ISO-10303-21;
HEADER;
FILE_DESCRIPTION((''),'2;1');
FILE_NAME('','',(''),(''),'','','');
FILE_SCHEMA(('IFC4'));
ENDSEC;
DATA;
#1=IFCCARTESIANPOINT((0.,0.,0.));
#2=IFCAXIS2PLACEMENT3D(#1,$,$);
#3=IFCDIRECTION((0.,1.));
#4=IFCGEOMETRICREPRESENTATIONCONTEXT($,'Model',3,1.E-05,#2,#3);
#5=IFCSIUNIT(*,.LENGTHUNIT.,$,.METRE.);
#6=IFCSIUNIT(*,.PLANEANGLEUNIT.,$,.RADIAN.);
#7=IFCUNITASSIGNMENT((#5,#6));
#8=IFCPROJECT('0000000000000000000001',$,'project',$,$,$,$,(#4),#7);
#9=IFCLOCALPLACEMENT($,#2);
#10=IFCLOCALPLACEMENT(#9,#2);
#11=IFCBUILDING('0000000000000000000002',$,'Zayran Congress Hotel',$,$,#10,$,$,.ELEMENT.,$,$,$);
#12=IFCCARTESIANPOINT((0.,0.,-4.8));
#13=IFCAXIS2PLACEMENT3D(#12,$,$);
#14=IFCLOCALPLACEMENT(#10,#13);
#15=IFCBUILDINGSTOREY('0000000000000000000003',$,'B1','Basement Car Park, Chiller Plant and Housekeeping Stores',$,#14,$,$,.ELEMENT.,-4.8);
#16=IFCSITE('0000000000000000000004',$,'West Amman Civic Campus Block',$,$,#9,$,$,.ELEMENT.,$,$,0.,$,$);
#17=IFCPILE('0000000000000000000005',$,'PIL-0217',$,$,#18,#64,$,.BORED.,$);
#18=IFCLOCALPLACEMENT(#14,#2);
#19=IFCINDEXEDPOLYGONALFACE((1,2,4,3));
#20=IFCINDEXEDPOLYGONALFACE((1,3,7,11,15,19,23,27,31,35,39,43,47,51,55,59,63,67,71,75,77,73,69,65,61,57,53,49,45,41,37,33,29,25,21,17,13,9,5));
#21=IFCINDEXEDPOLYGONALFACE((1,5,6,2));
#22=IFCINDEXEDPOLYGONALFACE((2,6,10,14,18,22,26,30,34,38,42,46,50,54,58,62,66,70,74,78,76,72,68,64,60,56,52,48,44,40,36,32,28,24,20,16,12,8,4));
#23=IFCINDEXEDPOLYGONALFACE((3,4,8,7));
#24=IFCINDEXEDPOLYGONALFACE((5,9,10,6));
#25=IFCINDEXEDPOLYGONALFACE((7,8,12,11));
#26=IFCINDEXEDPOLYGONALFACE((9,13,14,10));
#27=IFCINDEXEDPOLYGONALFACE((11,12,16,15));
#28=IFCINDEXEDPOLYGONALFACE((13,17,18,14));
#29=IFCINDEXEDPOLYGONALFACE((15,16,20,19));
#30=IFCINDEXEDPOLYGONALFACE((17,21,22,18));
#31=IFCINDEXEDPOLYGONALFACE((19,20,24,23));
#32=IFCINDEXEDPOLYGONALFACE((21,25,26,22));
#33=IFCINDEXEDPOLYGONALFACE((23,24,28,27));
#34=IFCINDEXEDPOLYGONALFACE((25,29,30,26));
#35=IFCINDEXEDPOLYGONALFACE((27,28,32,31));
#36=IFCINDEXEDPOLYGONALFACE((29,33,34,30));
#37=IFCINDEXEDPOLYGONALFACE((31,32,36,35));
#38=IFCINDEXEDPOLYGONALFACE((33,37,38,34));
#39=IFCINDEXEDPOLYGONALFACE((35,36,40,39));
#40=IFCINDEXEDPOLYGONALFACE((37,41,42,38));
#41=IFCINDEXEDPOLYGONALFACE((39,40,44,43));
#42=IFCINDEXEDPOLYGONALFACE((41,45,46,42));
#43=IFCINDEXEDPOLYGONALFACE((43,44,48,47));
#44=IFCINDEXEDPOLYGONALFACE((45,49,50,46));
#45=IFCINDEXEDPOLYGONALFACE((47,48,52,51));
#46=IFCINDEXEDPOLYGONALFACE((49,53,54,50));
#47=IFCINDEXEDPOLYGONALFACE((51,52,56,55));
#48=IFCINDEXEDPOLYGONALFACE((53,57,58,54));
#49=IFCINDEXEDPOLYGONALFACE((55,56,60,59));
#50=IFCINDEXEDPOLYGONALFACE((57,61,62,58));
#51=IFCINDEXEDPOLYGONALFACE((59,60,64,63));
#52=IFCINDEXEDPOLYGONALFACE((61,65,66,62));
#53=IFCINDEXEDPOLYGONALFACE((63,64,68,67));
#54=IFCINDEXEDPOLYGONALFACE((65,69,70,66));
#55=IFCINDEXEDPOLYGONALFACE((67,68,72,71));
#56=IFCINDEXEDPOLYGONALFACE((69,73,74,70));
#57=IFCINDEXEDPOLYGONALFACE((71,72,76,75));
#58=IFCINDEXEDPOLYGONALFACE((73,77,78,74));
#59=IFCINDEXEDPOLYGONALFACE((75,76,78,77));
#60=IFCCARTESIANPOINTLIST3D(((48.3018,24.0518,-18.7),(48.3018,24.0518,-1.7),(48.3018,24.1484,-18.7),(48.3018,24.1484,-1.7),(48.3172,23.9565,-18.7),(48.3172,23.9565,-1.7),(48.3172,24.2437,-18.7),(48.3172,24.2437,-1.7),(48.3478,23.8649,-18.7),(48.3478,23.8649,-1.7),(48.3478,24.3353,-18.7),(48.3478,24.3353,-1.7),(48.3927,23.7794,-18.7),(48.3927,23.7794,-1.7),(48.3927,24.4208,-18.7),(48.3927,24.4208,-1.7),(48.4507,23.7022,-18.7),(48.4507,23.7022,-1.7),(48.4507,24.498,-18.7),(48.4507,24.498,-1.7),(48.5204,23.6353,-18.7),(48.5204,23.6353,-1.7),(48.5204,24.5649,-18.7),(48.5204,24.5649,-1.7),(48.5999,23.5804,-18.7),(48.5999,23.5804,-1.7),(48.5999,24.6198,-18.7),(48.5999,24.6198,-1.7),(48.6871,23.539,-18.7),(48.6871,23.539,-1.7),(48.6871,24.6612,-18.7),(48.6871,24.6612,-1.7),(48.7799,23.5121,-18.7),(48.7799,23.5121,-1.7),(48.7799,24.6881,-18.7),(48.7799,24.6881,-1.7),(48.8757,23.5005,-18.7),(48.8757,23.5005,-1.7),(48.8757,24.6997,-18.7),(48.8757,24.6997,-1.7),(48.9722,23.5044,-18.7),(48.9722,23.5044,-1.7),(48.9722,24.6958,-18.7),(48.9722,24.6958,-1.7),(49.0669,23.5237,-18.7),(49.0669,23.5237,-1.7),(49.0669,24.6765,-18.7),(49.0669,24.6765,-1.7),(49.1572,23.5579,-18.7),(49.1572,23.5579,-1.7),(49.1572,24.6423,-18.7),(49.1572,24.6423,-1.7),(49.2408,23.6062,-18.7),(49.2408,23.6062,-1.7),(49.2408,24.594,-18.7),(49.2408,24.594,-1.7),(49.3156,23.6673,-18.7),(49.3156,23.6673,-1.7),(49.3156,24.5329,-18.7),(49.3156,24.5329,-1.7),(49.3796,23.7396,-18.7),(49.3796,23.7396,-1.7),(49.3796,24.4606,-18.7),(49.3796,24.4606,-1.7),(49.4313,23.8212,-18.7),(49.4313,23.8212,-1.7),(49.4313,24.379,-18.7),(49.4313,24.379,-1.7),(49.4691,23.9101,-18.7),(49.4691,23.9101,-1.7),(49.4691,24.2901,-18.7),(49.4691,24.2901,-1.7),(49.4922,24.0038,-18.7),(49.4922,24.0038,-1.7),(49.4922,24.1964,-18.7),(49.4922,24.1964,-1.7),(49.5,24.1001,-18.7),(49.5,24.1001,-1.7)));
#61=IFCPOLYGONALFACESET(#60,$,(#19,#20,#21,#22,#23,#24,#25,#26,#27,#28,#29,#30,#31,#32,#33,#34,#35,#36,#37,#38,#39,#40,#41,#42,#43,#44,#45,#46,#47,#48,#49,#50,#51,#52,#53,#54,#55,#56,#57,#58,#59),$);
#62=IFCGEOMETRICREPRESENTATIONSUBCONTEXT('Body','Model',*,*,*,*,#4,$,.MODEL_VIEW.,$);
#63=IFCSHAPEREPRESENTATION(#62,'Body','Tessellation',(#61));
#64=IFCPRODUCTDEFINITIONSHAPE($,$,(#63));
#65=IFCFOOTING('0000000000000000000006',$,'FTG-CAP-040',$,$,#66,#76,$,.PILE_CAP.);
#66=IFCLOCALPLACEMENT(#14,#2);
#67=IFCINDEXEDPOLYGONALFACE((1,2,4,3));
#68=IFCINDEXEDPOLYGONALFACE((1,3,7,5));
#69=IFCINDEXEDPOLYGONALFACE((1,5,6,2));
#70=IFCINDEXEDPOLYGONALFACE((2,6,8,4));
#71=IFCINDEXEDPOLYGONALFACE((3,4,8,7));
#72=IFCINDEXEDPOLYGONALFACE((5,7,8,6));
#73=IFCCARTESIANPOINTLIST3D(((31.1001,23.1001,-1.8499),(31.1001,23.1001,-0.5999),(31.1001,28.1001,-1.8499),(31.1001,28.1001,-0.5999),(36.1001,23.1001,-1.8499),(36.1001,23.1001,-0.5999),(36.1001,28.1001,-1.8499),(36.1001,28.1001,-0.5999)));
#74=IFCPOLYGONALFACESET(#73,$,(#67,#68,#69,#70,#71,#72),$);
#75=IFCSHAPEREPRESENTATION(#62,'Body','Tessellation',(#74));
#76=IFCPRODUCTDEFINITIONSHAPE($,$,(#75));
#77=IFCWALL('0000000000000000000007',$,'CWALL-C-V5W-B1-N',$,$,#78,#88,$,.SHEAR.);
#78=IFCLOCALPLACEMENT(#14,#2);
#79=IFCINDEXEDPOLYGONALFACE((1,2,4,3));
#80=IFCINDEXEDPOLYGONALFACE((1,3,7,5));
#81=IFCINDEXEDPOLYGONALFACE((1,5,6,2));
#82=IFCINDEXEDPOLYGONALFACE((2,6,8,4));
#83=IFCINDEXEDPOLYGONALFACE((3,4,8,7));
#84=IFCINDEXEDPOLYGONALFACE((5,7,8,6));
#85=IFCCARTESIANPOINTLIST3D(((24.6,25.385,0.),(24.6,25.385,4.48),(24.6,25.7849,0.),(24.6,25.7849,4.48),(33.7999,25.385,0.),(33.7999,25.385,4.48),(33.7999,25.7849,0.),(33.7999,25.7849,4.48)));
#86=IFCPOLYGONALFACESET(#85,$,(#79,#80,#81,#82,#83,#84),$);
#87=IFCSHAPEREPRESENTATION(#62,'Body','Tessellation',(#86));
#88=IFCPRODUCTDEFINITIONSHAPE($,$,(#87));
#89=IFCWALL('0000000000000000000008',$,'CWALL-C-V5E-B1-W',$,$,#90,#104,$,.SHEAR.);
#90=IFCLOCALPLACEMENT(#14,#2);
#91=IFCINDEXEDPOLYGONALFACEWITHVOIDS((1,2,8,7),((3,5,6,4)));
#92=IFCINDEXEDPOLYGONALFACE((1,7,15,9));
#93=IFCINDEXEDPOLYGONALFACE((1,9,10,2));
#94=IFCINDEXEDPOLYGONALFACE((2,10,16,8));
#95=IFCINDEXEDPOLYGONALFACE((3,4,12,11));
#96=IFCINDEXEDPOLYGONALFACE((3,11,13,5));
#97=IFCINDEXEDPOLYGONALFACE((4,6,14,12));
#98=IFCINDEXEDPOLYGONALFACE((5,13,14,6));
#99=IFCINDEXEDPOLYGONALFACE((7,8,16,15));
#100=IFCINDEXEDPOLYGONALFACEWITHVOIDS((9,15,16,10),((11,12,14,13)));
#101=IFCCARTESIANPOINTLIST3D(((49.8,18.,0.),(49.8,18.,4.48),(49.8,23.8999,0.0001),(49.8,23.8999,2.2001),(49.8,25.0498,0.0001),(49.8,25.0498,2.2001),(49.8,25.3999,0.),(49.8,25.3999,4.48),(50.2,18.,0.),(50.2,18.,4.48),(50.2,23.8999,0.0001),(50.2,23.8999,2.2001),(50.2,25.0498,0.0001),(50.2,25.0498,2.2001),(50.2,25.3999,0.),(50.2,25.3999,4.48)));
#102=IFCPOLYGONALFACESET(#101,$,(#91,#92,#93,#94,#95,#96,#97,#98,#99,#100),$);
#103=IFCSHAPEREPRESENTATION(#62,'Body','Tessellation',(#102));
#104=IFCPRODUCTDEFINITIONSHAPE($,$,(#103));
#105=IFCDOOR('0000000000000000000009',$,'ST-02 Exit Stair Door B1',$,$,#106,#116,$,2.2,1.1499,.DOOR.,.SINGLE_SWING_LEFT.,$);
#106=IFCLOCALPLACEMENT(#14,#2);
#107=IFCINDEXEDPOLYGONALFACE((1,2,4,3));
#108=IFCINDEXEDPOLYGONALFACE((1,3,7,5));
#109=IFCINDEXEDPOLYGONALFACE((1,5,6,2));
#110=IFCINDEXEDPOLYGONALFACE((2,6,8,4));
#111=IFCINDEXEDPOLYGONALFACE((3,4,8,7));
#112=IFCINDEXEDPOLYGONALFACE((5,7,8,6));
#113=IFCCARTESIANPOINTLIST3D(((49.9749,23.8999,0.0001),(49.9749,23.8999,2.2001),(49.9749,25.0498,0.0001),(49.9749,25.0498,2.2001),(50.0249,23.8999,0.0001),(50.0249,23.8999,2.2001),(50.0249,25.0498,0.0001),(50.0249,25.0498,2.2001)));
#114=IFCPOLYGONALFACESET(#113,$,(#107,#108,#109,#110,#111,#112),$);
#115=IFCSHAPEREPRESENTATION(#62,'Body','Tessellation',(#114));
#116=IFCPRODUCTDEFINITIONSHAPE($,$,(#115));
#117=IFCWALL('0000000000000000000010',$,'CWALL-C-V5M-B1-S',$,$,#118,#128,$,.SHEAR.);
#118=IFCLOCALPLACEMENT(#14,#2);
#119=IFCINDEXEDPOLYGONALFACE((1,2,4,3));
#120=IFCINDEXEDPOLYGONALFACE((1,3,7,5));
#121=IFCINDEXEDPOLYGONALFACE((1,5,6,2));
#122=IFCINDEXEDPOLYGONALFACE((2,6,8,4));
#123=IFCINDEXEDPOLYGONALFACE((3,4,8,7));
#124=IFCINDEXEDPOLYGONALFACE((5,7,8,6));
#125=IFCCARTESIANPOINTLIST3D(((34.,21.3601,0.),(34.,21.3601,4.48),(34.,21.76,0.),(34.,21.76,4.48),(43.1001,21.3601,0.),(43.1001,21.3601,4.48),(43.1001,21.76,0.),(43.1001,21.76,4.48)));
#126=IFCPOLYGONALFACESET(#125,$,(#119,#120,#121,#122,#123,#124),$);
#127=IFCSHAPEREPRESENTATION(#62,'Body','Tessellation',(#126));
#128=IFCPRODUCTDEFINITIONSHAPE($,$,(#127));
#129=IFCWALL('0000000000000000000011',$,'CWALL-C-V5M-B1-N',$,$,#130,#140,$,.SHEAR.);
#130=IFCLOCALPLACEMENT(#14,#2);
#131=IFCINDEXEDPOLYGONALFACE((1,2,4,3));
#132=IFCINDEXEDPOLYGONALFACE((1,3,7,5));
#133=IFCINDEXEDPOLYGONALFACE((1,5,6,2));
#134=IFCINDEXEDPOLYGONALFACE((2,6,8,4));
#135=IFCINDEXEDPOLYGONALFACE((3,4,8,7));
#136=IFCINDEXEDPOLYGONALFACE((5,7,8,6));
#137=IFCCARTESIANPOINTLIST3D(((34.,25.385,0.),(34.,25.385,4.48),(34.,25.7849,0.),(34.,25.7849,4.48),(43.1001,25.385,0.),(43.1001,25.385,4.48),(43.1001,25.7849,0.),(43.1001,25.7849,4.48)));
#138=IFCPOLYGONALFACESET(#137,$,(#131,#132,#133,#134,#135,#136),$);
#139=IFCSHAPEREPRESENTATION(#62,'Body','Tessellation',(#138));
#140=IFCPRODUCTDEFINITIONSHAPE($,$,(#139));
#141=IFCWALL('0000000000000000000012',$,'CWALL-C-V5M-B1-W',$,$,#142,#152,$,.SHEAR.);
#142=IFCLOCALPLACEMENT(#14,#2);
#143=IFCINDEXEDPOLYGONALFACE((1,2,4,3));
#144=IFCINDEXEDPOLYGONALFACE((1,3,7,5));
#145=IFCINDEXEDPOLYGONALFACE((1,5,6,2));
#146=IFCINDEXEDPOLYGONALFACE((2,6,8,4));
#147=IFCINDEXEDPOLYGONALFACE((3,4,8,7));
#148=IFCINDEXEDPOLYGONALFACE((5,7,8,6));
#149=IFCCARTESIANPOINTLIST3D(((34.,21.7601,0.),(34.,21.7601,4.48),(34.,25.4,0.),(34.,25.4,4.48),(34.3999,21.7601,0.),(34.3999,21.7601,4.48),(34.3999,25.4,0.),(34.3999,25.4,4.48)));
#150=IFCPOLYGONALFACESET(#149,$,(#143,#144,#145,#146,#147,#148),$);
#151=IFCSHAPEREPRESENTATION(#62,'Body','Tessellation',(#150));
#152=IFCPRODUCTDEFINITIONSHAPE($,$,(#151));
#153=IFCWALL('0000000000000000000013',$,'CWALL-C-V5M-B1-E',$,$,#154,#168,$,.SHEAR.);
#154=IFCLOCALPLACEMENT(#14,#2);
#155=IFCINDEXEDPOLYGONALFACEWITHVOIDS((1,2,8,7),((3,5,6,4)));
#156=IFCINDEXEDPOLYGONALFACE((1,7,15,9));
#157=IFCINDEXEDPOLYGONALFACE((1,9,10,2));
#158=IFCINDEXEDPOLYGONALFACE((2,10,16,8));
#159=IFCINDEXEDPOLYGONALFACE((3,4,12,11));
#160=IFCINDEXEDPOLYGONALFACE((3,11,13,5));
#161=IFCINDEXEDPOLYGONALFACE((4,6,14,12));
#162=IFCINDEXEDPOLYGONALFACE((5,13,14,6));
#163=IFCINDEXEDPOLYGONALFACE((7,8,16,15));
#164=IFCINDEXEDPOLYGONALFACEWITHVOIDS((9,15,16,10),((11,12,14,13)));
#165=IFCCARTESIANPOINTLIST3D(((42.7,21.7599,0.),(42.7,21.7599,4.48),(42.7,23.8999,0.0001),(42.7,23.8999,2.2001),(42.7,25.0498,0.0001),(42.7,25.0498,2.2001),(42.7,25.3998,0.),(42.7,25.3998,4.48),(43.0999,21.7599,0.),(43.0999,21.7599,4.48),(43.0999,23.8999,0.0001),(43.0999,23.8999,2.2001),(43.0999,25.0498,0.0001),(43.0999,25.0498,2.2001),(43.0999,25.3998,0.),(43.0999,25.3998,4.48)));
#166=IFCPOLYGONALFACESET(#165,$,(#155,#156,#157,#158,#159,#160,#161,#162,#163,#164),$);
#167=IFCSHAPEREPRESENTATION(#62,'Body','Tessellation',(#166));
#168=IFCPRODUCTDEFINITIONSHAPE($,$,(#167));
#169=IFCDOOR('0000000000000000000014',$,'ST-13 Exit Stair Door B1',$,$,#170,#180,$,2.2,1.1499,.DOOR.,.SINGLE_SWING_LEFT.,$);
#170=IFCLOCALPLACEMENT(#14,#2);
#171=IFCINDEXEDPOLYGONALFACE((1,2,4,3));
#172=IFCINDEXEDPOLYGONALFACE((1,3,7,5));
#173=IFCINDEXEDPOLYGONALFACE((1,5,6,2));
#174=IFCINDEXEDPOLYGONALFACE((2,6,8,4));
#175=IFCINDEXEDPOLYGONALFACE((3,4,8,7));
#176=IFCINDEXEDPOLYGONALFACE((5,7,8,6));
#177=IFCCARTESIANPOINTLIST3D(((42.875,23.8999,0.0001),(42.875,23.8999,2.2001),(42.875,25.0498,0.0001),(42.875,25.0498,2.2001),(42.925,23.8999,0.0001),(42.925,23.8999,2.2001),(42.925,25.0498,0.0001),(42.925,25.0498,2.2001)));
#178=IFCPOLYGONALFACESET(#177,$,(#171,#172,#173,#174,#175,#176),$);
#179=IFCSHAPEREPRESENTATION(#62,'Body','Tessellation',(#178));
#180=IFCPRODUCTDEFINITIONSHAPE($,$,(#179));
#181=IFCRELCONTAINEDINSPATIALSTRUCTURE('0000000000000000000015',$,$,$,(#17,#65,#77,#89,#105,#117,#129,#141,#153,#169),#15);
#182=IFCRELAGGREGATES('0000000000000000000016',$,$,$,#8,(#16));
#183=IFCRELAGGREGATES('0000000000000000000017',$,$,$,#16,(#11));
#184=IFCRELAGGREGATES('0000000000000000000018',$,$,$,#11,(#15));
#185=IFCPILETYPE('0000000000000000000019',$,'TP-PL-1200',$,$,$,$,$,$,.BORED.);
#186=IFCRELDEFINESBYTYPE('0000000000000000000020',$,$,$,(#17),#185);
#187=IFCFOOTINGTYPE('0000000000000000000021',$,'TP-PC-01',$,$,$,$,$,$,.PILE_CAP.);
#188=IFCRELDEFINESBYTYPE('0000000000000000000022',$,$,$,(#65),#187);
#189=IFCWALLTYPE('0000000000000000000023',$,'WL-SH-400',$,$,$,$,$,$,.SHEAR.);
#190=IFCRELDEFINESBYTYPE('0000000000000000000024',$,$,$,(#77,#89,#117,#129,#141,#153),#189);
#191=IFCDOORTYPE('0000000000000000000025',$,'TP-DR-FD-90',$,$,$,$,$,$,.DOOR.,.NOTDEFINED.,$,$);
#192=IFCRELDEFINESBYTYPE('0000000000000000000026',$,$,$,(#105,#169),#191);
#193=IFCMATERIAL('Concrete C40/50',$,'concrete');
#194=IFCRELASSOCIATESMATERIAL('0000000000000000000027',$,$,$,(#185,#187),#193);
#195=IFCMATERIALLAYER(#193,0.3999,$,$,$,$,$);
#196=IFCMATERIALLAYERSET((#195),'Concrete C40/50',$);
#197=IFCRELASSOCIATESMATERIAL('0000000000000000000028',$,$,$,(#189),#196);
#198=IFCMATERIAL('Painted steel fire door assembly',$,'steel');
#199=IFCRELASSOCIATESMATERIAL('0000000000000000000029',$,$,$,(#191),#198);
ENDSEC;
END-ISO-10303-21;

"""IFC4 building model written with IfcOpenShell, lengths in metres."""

from ifc_helpers import new_model, si_unit, direction, frame, frame_2d, origin, origin_2d, place, context, subcontext, project, spatial, rectangle, circle, extrude, material, layer, layer_set, material_profile, profile_set, type_object, element, fill, save


model = new_model("IFC4")

# Units and contexts
model_context = context("Model", 3, precision=1e-05, world=origin(), true_north=direction((0.0, 1.0)))
body_context = subcontext(model_context, "Body", "Model", "MODEL_VIEW")
ifc_project = project(units=[si_unit("LENGTHUNIT", "METRE"), si_unit("PLANEANGLEUNIT", "RADIAN")], contexts=[model_context])

# Site, building, storey
site_placement = place(None, origin())
site = spatial("IfcSite", under=ifc_project, at=site_placement, Name="West Amman Civic Campus Block", CompositionType="ELEMENT", RefElevation=0.0)
building_placement = place(site_placement, origin())
building = spatial("IfcBuilding", under=site, at=building_placement, Name="Zayran Congress Hotel", CompositionType="ELEMENT")
storey_placement = place(building_placement, frame((0.0, 0.0, -4.8)))
storey = spatial("IfcBuildingStorey", under=building, at=storey_placement, Name="B1", Description="Basement Car Park, Chiller Plant and Housekeeping Stores", CompositionType="ELEMENT", Elevation=-4.8)

# Pile
ifc_material_1 = material(Name="Concrete C40/50", Category="concrete")
ifc_material_profile = material_profile(ifc_material_1, circle(Radius=0.6001, at=origin_2d()), Name="PILE D1200")
ifc_profile_set = profile_set([ifc_material_profile], Name="Concrete C40/50")
pile_type = type_object("IfcPileType", Name="TP-PL-1200", PredefinedType="BORED", material=ifc_profile_set)
for number, where, z_axis, x_axis, name in (
    (1, (48.8999, 24.1001, -1.7), (0.0, 0.0, -1.0), (1.0, 0.0, 0.0), "PIL-0217"),
):
    element("IfcPile", number, at=place(storey_placement, frame(where, z_axis=z_axis, x_axis=x_axis)), inside=storey, type_object=pile_type, Name=name, PredefinedType="BORED", context=body_context, shape_type="SweptSolid", body=[
        extrude(circle(Radius=0.6001, at=origin_2d()), origin(), (0.0, 0.0, 1.0), 17.0),
    ])

# Footing
footing_type = type_object("IfcFootingType", Name="TP-PC-01", PredefinedType="PILE_CAP", material=ifc_material_1)
footing_placement = place(storey_placement, frame((33.6001, 25.6001, -1.8499), z_axis=(0.0, 0.0, 1.0), x_axis=(1.0, 0.0, 0.0)))
element("IfcFooting", 2, at=footing_placement, inside=storey, type_object=footing_type, Name="FTG-CAP-040", PredefinedType="PILE_CAP", context=body_context, shape_type="SweptSolid", body=[
    extrude(rectangle(XDim=5.0, YDim=5.0, at=origin_2d()), origin(), (0.0, 0.0, 1.0), 1.25),
])

# Wall
ifc_layer_1 = layer(ifc_material_1, 0.3999)
ifc_layer_set_1 = layer_set([ifc_layer_1], Name="Concrete C40/50")
wall_type_1 = type_object("IfcWallType", Name="WL-SH-400", PredefinedType="SHEAR", material=ifc_layer_set_1)
wall_1_placement = place(storey_placement, frame((33.8, 25.585, 0.0), z_axis=(0.0, 0.0, 1.0), x_axis=(-1.0, 0.0, 0.0)))
element("IfcWall", 3, at=wall_1_placement, inside=storey, type_object=wall_type_1, Name="CWALL-C-V5W-B1-N", PredefinedType="SHEAR", context=body_context, shape_type="SweptSolid", body=[
    extrude(rectangle(XDim=9.2, YDim=0.3999, at=frame_2d((4.6001, 0.0))), origin(), (0.0, 0.0, 1.0), 4.48),
])

# Wall, opening, door
wall_2_placement = place(storey_placement, frame((50.0, 25.3999, 0.0), z_axis=(0.0, 0.0, 1.0), x_axis=(0.0, -1.0, 0.0)))
wall_2 = element("IfcWall", 4, at=wall_2_placement, inside=storey, type_object=wall_type_1, Name="CWALL-C-V5E-B1-W", PredefinedType="SHEAR", context=body_context, shape_type="SweptSolid", body=[
    extrude(rectangle(XDim=7.3999, YDim=0.3999, at=frame_2d((3.7, 0.0))), origin(), (0.0, 0.0, 1.0), 4.48),
])
opening_1_placement = place(wall_2_placement, frame((0.3501, 0.0, 0.0)))
opening_1 = element("IfcOpeningElement", 5, at=opening_1_placement, cuts=wall_2, PredefinedType="OPENING", context=body_context, shape_type="SweptSolid", body=[
    extrude(rectangle(XDim=1.1499, YDim=2.2, at=frame_2d((0.575, 1.1001))), frame((0.0, 0.21, 0.0), z_axis=(0.0, -1.0, 0.0), x_axis=(1.0, 0.0, 0.0)), (0.0, 0.0, 1.0), 0.4199),
])
ifc_material_2 = material(Name="Painted steel fire door assembly", Category="steel")
door_type = type_object("IfcDoorType", Name="TP-DR-FD-90", OperationType="NOTDEFINED", PredefinedType="DOOR", material=ifc_material_2)
door_1_placement = place(opening_1_placement, origin())
door_1 = element("IfcDoor", 6, at=door_1_placement, inside=storey, type_object=door_type, Name="ST-02 Exit Stair Door B1", OperationType="SINGLE_SWING_LEFT", OverallHeight=2.2, OverallWidth=1.1499, PredefinedType="DOOR", context=body_context, shape_type="SweptSolid", body=[
    extrude(rectangle(XDim=1.1499, YDim=2.2, at=frame_2d((0.575, 1.1001))), frame((0.0, 0.0249, 0.0), z_axis=(0.0, -1.0, 0.0), x_axis=(1.0, 0.0, 0.0)), (0.0, 0.0, 1.0), 0.05),
])
fill(opening_1, door_1)

# Walls
for number, where, z_axis, x_axis, name in (
    (7, (34.0, 21.5601, 0.0), (0.0, 0.0, 1.0), (1.0, 0.0, 0.0), "CWALL-C-V5M-B1-S"),
    (8, (43.1001, 25.585, 0.0), (0.0, 0.0, 1.0), (-1.0, 0.0, 0.0), "CWALL-C-V5M-B1-N"),
):
    element("IfcWall", number, at=place(storey_placement, frame(where, z_axis=z_axis, x_axis=x_axis)), inside=storey, type_object=wall_type_1, Name=name, PredefinedType="SHEAR", context=body_context, shape_type="SweptSolid", body=[
        extrude(rectangle(XDim=9.1001, YDim=0.3999, at=frame_2d((4.55, 0.0))), origin(), (0.0, 0.0, 1.0), 4.48),
    ])
wall_3_placement = place(storey_placement, frame((34.2, 25.3999, 0.0), z_axis=(0.0, 0.0, 1.0), x_axis=(0.0, -1.0, 0.0)))
element("IfcWall", 9, at=wall_3_placement, inside=storey, type_object=wall_type_1, Name="CWALL-C-V5M-B1-W", PredefinedType="SHEAR", context=body_context, shape_type="SweptSolid", body=[
    extrude(rectangle(XDim=3.6399, YDim=0.3999, at=frame_2d((1.8198, 0.0))), origin(), (0.0, 0.0, 1.0), 4.48),
])

# Wall, opening, door
wall_4_placement = place(storey_placement, frame((42.8999, 21.76, 0.0), z_axis=(0.0, 0.0, 1.0), x_axis=(0.0, 1.0, 0.0)))
wall_4 = element("IfcWall", 10, at=wall_4_placement, inside=storey, type_object=wall_type_1, Name="CWALL-C-V5M-B1-E", PredefinedType="SHEAR", context=body_context, shape_type="SweptSolid", body=[
    extrude(rectangle(XDim=3.6399, YDim=0.3999, at=frame_2d((1.8198, 0.0))), origin(), (0.0, 0.0, 1.0), 4.48),
])
opening_2_placement = place(wall_4_placement, frame((2.1399, 0.0, 0.0)))
opening_2 = element("IfcOpeningElement", 11, at=opening_2_placement, cuts=wall_4, PredefinedType="OPENING", context=body_context, shape_type="SweptSolid", body=[
    extrude(rectangle(XDim=1.1499, YDim=2.2, at=frame_2d((0.575, 1.1001))), frame((0.0, 0.21, 0.0), z_axis=(0.0, -1.0, 0.0), x_axis=(1.0, 0.0, 0.0)), (0.0, 0.0, 1.0), 0.4199),
])
door_2_placement = place(opening_2_placement, origin())
door_2 = element("IfcDoor", 12, at=door_2_placement, inside=storey, type_object=door_type, Name="ST-13 Exit Stair Door B1", OperationType="SINGLE_SWING_LEFT", OverallHeight=2.2, OverallWidth=1.1499, PredefinedType="DOOR", context=body_context, shape_type="SweptSolid", body=[
    extrude(rectangle(XDim=1.1499, YDim=2.2, at=frame_2d((0.575, 1.1001))), frame((0.0, 0.0249, 0.0), z_axis=(0.0, -1.0, 0.0), x_axis=(1.0, 0.0, 0.0)), (0.0, 0.0, 1.0), 0.05),
])
fill(opening_2, door_2)

save(model, "model.ifc")
